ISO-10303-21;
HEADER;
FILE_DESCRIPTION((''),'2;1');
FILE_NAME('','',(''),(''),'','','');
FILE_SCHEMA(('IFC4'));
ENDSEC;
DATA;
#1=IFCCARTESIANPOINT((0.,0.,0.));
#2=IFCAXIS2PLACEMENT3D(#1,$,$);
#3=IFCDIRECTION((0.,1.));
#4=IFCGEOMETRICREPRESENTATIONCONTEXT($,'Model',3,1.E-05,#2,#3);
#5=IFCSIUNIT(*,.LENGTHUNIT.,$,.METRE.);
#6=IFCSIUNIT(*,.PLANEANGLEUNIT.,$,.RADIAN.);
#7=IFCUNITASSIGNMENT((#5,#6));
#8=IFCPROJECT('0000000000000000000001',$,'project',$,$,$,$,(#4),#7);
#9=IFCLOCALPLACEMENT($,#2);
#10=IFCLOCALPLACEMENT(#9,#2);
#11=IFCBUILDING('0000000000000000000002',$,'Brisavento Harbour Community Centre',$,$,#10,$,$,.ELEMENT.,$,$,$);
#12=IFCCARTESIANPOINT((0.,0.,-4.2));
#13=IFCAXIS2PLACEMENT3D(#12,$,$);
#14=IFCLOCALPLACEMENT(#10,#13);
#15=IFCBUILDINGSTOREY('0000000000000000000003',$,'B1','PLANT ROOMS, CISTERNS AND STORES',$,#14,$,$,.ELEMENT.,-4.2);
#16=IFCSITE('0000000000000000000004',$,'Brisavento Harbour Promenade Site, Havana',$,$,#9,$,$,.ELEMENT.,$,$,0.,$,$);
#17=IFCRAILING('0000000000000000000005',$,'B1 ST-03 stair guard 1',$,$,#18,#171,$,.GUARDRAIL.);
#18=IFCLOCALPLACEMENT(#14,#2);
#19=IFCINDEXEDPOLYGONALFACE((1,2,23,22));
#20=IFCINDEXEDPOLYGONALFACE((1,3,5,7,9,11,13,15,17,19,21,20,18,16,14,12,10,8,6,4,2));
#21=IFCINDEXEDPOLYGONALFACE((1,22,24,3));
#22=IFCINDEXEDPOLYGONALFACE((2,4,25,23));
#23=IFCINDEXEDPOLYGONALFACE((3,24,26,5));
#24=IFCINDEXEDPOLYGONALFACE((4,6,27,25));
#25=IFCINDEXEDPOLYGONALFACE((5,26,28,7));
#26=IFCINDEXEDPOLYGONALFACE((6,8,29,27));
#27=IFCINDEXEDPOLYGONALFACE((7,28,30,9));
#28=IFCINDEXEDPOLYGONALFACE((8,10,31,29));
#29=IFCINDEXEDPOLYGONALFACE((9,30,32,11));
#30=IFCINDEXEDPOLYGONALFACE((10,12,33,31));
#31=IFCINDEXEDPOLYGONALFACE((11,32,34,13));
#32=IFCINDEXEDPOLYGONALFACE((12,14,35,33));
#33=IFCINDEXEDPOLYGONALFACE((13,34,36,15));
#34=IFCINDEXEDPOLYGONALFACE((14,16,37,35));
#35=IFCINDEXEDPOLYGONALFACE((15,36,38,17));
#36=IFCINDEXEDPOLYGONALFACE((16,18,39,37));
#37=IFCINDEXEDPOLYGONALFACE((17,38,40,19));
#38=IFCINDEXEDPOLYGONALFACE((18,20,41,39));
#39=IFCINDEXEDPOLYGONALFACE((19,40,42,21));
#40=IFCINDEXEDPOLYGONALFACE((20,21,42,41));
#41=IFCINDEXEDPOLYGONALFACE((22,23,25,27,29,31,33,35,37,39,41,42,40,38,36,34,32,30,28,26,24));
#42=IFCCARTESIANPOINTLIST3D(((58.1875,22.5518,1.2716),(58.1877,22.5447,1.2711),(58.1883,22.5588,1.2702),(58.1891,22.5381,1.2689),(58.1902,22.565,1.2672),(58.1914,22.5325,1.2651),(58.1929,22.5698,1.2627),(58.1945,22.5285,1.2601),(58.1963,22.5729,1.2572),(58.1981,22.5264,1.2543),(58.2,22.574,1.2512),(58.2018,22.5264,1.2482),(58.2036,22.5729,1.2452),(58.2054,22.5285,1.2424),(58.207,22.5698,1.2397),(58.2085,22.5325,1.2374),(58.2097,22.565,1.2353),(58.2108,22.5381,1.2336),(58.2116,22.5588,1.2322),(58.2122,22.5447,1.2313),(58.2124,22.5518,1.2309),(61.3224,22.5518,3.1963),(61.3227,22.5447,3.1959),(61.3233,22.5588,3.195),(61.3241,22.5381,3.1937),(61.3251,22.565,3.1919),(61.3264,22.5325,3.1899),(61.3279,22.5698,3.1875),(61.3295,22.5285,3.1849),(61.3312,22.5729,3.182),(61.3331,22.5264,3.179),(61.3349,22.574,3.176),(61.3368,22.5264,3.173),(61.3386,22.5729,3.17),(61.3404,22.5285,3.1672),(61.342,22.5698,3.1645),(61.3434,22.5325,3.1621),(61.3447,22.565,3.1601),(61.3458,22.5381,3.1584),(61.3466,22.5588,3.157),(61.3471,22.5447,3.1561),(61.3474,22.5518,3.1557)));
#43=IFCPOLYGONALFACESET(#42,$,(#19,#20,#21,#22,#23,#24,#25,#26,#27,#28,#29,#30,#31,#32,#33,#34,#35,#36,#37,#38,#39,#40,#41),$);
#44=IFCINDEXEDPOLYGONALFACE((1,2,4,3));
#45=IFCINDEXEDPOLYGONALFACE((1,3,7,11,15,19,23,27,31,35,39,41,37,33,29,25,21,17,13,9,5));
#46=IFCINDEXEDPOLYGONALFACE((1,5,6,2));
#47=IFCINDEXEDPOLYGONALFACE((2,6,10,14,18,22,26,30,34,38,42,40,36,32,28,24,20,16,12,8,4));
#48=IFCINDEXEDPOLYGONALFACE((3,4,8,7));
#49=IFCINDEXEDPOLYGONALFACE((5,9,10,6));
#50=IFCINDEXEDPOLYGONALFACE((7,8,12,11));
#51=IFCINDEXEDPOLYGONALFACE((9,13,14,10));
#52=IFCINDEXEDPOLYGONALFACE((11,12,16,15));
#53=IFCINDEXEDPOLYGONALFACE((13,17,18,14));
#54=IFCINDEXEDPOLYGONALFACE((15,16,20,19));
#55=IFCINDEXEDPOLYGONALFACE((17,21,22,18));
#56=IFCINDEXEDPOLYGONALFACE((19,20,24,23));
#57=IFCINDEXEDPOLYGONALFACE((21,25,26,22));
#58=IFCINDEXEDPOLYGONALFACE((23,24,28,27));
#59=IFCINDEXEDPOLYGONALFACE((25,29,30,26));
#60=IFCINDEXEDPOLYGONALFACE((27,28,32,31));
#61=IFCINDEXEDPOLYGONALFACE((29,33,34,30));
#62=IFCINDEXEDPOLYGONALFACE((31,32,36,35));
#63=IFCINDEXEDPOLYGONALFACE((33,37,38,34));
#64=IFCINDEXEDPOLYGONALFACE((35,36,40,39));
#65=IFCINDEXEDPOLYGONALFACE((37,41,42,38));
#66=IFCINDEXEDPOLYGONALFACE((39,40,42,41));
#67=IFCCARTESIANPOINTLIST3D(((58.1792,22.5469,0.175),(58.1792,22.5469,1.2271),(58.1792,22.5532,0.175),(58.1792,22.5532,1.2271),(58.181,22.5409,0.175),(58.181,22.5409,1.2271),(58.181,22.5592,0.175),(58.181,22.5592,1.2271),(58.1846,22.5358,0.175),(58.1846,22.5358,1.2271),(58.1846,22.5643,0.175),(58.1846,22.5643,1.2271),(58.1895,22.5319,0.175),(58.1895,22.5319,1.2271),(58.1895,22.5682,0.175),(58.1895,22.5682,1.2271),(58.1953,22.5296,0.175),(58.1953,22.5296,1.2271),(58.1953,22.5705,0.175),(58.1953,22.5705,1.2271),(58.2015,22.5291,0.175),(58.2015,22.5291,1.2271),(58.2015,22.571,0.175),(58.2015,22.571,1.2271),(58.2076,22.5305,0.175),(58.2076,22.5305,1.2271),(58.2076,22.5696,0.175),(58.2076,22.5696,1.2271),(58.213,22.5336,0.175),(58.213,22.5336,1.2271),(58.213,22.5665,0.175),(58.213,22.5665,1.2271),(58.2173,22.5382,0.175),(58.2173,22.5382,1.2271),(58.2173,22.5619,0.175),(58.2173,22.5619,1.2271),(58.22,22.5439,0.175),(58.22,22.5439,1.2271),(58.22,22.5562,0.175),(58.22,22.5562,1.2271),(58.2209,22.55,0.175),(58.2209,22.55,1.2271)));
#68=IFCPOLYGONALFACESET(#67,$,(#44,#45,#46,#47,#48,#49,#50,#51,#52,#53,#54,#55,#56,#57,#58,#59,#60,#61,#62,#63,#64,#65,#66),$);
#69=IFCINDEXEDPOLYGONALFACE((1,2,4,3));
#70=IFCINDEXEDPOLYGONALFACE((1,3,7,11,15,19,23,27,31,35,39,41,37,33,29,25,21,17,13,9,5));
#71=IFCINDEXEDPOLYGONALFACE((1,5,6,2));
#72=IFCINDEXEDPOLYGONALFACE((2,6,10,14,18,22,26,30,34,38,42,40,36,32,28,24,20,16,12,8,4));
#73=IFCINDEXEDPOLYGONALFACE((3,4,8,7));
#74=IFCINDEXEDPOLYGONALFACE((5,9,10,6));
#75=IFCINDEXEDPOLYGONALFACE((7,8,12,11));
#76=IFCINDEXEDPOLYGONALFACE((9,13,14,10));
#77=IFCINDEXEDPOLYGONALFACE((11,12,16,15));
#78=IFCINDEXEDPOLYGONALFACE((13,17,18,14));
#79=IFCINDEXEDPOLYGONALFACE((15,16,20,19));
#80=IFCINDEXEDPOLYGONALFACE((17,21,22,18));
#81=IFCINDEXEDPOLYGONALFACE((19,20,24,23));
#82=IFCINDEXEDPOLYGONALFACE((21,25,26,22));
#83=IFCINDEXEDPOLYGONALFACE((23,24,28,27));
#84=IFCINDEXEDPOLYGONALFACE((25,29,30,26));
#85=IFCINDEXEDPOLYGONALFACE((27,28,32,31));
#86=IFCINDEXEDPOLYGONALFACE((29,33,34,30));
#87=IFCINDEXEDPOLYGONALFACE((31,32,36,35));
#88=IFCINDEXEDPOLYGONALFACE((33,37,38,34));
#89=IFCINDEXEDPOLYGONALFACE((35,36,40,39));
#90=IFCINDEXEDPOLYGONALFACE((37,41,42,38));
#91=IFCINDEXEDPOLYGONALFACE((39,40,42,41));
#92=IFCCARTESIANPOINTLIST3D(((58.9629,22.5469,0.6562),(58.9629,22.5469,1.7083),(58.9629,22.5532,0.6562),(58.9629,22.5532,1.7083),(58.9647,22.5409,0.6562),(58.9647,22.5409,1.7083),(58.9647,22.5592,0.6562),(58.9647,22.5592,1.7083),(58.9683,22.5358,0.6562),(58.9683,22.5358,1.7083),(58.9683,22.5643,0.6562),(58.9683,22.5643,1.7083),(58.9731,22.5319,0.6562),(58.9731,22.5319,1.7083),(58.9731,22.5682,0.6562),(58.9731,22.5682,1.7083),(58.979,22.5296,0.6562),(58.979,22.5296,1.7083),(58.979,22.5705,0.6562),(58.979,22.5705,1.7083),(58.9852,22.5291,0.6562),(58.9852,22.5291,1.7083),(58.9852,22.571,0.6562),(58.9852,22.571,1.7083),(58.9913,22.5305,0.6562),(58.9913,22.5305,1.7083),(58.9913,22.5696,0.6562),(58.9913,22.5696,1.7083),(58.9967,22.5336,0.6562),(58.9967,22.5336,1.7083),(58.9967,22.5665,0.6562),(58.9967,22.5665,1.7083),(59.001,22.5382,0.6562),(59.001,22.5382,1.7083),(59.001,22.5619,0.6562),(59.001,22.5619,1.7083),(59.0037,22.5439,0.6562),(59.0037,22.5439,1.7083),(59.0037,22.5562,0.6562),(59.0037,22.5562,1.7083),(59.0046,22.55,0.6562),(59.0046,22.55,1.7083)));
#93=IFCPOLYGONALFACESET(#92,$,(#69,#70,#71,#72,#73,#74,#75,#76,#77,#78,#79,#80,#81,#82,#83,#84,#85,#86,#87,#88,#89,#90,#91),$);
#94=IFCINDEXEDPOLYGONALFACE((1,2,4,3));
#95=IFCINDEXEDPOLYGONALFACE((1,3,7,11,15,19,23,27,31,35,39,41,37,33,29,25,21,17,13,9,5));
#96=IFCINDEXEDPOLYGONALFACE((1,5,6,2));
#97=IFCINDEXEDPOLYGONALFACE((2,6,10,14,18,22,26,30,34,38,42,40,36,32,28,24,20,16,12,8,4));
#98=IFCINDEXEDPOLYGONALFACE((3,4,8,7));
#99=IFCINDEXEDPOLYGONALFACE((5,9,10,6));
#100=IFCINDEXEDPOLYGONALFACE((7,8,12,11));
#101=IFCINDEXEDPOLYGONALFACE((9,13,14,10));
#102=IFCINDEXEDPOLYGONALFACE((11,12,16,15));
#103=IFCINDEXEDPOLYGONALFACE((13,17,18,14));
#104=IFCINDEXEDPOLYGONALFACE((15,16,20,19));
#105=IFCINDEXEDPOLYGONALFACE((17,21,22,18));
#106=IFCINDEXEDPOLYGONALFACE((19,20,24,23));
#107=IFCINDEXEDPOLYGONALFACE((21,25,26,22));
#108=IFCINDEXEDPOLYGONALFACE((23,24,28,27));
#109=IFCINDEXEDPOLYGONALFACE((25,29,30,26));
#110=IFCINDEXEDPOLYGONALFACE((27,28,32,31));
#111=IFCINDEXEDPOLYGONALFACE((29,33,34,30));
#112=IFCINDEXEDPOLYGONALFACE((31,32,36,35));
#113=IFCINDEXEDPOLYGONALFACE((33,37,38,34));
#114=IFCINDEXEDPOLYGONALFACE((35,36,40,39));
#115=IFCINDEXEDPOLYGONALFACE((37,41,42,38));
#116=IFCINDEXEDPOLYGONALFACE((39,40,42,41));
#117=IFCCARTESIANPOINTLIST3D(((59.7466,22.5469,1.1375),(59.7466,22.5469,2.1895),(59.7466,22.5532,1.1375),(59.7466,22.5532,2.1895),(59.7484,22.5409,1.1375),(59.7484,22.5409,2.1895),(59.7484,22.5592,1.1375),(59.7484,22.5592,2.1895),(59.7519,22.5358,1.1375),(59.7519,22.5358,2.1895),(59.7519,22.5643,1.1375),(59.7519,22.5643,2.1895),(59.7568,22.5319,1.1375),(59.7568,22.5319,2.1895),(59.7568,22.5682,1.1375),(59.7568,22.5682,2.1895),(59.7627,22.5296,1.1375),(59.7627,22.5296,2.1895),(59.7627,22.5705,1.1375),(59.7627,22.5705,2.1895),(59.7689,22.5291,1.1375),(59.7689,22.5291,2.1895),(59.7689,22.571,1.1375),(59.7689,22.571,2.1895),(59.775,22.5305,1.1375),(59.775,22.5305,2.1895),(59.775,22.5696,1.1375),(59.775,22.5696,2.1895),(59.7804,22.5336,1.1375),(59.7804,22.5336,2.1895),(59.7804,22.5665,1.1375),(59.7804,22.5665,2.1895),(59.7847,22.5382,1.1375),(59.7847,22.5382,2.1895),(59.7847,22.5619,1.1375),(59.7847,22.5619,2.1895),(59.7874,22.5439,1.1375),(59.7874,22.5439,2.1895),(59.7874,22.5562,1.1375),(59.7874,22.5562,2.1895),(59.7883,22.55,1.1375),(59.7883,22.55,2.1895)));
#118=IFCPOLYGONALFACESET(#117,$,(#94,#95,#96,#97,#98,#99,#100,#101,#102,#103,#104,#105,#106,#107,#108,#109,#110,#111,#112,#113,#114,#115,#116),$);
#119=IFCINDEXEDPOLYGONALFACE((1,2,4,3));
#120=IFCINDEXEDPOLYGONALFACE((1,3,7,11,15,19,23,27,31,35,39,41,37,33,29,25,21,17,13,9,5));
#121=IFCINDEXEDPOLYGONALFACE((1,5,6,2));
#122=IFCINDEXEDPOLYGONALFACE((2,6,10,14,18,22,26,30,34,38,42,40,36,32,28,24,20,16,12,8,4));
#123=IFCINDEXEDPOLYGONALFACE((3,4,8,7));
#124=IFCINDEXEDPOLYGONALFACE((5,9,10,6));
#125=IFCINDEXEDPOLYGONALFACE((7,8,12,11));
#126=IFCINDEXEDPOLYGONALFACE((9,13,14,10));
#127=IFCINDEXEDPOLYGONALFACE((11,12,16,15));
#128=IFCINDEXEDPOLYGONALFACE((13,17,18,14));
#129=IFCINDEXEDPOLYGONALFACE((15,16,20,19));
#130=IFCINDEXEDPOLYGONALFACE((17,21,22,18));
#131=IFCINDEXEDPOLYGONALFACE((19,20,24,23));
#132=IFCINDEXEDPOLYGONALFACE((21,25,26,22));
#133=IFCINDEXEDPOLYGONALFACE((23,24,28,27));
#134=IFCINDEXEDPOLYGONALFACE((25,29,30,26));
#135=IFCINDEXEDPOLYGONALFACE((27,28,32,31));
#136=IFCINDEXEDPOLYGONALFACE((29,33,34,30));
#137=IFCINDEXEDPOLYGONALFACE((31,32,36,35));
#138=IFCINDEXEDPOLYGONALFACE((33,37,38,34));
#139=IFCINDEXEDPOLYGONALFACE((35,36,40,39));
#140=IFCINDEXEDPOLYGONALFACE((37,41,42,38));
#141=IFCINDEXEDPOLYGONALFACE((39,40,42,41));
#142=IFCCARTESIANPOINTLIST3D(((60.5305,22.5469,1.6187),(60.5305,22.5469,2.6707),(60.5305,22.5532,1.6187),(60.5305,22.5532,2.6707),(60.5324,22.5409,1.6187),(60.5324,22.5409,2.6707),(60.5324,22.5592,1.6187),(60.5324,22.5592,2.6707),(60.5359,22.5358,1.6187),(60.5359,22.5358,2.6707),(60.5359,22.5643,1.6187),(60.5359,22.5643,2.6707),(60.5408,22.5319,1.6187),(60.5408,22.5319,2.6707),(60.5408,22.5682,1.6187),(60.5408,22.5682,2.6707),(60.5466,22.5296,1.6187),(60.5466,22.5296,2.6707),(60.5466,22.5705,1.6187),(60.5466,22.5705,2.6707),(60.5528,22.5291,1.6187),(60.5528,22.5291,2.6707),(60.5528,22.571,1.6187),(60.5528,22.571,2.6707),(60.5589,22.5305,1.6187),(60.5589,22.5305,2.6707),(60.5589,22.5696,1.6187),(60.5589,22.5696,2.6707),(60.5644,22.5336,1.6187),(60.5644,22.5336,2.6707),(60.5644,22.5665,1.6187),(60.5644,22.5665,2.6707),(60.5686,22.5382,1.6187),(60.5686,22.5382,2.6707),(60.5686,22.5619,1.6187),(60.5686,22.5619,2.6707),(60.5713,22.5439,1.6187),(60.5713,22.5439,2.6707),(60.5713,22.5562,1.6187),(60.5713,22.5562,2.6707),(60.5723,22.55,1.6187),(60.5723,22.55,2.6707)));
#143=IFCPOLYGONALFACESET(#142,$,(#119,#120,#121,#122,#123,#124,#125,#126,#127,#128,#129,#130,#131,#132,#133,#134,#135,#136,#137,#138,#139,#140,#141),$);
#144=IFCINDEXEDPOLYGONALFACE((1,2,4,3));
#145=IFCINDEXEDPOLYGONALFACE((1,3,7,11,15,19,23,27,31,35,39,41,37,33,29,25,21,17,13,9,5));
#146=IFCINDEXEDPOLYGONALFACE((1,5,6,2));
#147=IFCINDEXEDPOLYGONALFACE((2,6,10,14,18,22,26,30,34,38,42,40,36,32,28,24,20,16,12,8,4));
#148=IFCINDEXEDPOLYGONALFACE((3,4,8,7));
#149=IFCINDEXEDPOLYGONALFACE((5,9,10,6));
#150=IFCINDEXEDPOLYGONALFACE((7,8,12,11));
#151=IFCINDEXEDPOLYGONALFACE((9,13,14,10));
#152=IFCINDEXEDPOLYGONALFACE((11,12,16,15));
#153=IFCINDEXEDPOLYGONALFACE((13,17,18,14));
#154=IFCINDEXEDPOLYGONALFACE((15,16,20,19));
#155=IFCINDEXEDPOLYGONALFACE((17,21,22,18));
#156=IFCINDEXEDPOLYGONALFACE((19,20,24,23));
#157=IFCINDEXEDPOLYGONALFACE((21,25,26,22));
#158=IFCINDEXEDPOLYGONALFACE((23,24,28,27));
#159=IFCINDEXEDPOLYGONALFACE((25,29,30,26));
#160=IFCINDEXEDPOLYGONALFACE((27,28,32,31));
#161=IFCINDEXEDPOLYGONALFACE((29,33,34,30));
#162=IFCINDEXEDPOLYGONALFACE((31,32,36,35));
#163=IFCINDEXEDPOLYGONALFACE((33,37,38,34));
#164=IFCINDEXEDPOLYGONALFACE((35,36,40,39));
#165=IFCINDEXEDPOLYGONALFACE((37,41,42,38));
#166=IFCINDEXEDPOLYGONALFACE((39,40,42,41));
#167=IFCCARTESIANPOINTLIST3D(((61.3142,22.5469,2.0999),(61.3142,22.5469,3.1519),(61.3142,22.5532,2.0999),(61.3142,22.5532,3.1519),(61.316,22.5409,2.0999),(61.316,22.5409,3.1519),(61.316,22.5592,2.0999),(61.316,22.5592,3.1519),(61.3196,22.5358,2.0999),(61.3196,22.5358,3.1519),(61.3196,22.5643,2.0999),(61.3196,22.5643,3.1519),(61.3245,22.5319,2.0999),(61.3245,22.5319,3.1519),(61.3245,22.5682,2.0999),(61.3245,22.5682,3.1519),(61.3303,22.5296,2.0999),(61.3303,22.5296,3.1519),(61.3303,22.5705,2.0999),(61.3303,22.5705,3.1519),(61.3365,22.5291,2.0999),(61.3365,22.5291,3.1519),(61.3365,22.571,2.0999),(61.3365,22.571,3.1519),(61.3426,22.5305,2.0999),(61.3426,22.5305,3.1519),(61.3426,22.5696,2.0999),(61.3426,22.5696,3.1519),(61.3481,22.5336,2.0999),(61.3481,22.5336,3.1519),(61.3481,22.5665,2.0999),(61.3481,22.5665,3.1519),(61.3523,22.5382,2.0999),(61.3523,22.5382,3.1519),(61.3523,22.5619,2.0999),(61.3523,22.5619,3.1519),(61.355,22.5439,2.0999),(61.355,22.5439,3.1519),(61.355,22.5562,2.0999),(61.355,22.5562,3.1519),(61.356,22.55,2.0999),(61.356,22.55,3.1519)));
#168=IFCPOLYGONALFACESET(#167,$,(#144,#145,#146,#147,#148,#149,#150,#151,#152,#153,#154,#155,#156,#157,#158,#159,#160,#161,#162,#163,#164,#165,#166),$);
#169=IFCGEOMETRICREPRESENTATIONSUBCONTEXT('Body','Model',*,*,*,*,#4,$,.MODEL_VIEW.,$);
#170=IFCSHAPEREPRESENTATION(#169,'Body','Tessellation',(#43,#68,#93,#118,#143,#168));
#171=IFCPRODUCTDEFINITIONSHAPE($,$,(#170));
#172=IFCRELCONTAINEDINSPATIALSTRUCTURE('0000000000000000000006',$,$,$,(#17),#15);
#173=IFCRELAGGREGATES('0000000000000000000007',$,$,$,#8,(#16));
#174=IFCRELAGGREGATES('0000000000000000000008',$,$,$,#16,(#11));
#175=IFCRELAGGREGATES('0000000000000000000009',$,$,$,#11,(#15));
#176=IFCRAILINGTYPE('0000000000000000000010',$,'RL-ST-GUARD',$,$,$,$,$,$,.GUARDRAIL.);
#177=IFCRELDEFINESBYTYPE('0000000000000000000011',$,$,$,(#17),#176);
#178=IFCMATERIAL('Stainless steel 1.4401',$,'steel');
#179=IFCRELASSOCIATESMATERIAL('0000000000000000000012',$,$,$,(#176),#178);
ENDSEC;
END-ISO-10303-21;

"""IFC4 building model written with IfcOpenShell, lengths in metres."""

from ifc_helpers import new_model, si_unit, direction, frame, origin, origin_2d, place, context, subcontext, project, spatial, circle, extrude, material, type_object, element, save


model = new_model("IFC4")

# Units and contexts
model_context = context("Model", 3, precision=1e-05, world=origin(), true_north=direction((0.0, 1.0)))
body_context = subcontext(model_context, "Body", "Model", "MODEL_VIEW")
ifc_project = project(units=[si_unit("LENGTHUNIT", "METRE"), si_unit("PLANEANGLEUNIT", "RADIAN")], contexts=[model_context])

# Site, building, storey
site_placement = place(None, origin())
site = spatial("IfcSite", under=ifc_project, at=site_placement, Name="Brisavento Harbour Promenade Site, Havana", CompositionType="ELEMENT", RefElevation=0.0)
building_placement = place(site_placement, origin())
building = spatial("IfcBuilding", under=site, at=building_placement, Name="Brisavento Harbour Community Centre", CompositionType="ELEMENT")
storey_placement = place(building_placement, frame((0.0, 0.0, -4.2)))
storey = spatial("IfcBuildingStorey", under=building, at=storey_placement, Name="B1", Description="PLANT ROOMS, CISTERNS AND STORES", CompositionType="ELEMENT", Elevation=-4.2)

# Railing
ifc_material_1 = material(Name="Stainless steel 1.4401", Category="steel")
railing_type_1 = type_object("IfcRailingType", Name="RL-ST-GUARD", PredefinedType="GUARDRAIL", material=ifc_material_1)
railing_1_placement = place(storey_placement, frame((58.2, 22.55, 0.175)))
element("IfcRailing", 1, at=railing_1_placement, inside=storey, type_object=railing_type_1, Name="B1 ST-03 stair guard 1", PredefinedType="GUARDRAIL", context=body_context, shape_type="SweptSolid", body=[
    extrude(circle(Radius=0.0239, at=origin_2d()), frame((0.0, 0.0, 1.0762), z_axis=(0.852196, 0.0, 0.523223), x_axis=(0.0, 1.0, 0.0)), (0.0, 0.0, 1.0), 3.6787),
    extrude(circle(Radius=0.021, at=origin_2d()), origin(), (0.0, 0.0, 1.0), 1.052),
    extrude(circle(Radius=0.021, at=origin_2d()), frame((0.7837, 0.0, 0.4812)), (0.0, 0.0, 1.0), 1.052),
    extrude(circle(Radius=0.021, at=origin_2d()), frame((1.5674, 0.0, 0.9624)), (0.0, 0.0, 1.0), 1.052),
    extrude(circle(Radius=0.021, at=origin_2d()), frame((2.3513, 0.0, 1.4436)), (0.0, 0.0, 1.0), 1.052),
    extrude(circle(Radius=0.021, at=origin_2d()), frame((3.135, 0.0, 1.9248)), (0.0, 0.0, 1.0), 1.052),
])

save(model, "model.ifc")
